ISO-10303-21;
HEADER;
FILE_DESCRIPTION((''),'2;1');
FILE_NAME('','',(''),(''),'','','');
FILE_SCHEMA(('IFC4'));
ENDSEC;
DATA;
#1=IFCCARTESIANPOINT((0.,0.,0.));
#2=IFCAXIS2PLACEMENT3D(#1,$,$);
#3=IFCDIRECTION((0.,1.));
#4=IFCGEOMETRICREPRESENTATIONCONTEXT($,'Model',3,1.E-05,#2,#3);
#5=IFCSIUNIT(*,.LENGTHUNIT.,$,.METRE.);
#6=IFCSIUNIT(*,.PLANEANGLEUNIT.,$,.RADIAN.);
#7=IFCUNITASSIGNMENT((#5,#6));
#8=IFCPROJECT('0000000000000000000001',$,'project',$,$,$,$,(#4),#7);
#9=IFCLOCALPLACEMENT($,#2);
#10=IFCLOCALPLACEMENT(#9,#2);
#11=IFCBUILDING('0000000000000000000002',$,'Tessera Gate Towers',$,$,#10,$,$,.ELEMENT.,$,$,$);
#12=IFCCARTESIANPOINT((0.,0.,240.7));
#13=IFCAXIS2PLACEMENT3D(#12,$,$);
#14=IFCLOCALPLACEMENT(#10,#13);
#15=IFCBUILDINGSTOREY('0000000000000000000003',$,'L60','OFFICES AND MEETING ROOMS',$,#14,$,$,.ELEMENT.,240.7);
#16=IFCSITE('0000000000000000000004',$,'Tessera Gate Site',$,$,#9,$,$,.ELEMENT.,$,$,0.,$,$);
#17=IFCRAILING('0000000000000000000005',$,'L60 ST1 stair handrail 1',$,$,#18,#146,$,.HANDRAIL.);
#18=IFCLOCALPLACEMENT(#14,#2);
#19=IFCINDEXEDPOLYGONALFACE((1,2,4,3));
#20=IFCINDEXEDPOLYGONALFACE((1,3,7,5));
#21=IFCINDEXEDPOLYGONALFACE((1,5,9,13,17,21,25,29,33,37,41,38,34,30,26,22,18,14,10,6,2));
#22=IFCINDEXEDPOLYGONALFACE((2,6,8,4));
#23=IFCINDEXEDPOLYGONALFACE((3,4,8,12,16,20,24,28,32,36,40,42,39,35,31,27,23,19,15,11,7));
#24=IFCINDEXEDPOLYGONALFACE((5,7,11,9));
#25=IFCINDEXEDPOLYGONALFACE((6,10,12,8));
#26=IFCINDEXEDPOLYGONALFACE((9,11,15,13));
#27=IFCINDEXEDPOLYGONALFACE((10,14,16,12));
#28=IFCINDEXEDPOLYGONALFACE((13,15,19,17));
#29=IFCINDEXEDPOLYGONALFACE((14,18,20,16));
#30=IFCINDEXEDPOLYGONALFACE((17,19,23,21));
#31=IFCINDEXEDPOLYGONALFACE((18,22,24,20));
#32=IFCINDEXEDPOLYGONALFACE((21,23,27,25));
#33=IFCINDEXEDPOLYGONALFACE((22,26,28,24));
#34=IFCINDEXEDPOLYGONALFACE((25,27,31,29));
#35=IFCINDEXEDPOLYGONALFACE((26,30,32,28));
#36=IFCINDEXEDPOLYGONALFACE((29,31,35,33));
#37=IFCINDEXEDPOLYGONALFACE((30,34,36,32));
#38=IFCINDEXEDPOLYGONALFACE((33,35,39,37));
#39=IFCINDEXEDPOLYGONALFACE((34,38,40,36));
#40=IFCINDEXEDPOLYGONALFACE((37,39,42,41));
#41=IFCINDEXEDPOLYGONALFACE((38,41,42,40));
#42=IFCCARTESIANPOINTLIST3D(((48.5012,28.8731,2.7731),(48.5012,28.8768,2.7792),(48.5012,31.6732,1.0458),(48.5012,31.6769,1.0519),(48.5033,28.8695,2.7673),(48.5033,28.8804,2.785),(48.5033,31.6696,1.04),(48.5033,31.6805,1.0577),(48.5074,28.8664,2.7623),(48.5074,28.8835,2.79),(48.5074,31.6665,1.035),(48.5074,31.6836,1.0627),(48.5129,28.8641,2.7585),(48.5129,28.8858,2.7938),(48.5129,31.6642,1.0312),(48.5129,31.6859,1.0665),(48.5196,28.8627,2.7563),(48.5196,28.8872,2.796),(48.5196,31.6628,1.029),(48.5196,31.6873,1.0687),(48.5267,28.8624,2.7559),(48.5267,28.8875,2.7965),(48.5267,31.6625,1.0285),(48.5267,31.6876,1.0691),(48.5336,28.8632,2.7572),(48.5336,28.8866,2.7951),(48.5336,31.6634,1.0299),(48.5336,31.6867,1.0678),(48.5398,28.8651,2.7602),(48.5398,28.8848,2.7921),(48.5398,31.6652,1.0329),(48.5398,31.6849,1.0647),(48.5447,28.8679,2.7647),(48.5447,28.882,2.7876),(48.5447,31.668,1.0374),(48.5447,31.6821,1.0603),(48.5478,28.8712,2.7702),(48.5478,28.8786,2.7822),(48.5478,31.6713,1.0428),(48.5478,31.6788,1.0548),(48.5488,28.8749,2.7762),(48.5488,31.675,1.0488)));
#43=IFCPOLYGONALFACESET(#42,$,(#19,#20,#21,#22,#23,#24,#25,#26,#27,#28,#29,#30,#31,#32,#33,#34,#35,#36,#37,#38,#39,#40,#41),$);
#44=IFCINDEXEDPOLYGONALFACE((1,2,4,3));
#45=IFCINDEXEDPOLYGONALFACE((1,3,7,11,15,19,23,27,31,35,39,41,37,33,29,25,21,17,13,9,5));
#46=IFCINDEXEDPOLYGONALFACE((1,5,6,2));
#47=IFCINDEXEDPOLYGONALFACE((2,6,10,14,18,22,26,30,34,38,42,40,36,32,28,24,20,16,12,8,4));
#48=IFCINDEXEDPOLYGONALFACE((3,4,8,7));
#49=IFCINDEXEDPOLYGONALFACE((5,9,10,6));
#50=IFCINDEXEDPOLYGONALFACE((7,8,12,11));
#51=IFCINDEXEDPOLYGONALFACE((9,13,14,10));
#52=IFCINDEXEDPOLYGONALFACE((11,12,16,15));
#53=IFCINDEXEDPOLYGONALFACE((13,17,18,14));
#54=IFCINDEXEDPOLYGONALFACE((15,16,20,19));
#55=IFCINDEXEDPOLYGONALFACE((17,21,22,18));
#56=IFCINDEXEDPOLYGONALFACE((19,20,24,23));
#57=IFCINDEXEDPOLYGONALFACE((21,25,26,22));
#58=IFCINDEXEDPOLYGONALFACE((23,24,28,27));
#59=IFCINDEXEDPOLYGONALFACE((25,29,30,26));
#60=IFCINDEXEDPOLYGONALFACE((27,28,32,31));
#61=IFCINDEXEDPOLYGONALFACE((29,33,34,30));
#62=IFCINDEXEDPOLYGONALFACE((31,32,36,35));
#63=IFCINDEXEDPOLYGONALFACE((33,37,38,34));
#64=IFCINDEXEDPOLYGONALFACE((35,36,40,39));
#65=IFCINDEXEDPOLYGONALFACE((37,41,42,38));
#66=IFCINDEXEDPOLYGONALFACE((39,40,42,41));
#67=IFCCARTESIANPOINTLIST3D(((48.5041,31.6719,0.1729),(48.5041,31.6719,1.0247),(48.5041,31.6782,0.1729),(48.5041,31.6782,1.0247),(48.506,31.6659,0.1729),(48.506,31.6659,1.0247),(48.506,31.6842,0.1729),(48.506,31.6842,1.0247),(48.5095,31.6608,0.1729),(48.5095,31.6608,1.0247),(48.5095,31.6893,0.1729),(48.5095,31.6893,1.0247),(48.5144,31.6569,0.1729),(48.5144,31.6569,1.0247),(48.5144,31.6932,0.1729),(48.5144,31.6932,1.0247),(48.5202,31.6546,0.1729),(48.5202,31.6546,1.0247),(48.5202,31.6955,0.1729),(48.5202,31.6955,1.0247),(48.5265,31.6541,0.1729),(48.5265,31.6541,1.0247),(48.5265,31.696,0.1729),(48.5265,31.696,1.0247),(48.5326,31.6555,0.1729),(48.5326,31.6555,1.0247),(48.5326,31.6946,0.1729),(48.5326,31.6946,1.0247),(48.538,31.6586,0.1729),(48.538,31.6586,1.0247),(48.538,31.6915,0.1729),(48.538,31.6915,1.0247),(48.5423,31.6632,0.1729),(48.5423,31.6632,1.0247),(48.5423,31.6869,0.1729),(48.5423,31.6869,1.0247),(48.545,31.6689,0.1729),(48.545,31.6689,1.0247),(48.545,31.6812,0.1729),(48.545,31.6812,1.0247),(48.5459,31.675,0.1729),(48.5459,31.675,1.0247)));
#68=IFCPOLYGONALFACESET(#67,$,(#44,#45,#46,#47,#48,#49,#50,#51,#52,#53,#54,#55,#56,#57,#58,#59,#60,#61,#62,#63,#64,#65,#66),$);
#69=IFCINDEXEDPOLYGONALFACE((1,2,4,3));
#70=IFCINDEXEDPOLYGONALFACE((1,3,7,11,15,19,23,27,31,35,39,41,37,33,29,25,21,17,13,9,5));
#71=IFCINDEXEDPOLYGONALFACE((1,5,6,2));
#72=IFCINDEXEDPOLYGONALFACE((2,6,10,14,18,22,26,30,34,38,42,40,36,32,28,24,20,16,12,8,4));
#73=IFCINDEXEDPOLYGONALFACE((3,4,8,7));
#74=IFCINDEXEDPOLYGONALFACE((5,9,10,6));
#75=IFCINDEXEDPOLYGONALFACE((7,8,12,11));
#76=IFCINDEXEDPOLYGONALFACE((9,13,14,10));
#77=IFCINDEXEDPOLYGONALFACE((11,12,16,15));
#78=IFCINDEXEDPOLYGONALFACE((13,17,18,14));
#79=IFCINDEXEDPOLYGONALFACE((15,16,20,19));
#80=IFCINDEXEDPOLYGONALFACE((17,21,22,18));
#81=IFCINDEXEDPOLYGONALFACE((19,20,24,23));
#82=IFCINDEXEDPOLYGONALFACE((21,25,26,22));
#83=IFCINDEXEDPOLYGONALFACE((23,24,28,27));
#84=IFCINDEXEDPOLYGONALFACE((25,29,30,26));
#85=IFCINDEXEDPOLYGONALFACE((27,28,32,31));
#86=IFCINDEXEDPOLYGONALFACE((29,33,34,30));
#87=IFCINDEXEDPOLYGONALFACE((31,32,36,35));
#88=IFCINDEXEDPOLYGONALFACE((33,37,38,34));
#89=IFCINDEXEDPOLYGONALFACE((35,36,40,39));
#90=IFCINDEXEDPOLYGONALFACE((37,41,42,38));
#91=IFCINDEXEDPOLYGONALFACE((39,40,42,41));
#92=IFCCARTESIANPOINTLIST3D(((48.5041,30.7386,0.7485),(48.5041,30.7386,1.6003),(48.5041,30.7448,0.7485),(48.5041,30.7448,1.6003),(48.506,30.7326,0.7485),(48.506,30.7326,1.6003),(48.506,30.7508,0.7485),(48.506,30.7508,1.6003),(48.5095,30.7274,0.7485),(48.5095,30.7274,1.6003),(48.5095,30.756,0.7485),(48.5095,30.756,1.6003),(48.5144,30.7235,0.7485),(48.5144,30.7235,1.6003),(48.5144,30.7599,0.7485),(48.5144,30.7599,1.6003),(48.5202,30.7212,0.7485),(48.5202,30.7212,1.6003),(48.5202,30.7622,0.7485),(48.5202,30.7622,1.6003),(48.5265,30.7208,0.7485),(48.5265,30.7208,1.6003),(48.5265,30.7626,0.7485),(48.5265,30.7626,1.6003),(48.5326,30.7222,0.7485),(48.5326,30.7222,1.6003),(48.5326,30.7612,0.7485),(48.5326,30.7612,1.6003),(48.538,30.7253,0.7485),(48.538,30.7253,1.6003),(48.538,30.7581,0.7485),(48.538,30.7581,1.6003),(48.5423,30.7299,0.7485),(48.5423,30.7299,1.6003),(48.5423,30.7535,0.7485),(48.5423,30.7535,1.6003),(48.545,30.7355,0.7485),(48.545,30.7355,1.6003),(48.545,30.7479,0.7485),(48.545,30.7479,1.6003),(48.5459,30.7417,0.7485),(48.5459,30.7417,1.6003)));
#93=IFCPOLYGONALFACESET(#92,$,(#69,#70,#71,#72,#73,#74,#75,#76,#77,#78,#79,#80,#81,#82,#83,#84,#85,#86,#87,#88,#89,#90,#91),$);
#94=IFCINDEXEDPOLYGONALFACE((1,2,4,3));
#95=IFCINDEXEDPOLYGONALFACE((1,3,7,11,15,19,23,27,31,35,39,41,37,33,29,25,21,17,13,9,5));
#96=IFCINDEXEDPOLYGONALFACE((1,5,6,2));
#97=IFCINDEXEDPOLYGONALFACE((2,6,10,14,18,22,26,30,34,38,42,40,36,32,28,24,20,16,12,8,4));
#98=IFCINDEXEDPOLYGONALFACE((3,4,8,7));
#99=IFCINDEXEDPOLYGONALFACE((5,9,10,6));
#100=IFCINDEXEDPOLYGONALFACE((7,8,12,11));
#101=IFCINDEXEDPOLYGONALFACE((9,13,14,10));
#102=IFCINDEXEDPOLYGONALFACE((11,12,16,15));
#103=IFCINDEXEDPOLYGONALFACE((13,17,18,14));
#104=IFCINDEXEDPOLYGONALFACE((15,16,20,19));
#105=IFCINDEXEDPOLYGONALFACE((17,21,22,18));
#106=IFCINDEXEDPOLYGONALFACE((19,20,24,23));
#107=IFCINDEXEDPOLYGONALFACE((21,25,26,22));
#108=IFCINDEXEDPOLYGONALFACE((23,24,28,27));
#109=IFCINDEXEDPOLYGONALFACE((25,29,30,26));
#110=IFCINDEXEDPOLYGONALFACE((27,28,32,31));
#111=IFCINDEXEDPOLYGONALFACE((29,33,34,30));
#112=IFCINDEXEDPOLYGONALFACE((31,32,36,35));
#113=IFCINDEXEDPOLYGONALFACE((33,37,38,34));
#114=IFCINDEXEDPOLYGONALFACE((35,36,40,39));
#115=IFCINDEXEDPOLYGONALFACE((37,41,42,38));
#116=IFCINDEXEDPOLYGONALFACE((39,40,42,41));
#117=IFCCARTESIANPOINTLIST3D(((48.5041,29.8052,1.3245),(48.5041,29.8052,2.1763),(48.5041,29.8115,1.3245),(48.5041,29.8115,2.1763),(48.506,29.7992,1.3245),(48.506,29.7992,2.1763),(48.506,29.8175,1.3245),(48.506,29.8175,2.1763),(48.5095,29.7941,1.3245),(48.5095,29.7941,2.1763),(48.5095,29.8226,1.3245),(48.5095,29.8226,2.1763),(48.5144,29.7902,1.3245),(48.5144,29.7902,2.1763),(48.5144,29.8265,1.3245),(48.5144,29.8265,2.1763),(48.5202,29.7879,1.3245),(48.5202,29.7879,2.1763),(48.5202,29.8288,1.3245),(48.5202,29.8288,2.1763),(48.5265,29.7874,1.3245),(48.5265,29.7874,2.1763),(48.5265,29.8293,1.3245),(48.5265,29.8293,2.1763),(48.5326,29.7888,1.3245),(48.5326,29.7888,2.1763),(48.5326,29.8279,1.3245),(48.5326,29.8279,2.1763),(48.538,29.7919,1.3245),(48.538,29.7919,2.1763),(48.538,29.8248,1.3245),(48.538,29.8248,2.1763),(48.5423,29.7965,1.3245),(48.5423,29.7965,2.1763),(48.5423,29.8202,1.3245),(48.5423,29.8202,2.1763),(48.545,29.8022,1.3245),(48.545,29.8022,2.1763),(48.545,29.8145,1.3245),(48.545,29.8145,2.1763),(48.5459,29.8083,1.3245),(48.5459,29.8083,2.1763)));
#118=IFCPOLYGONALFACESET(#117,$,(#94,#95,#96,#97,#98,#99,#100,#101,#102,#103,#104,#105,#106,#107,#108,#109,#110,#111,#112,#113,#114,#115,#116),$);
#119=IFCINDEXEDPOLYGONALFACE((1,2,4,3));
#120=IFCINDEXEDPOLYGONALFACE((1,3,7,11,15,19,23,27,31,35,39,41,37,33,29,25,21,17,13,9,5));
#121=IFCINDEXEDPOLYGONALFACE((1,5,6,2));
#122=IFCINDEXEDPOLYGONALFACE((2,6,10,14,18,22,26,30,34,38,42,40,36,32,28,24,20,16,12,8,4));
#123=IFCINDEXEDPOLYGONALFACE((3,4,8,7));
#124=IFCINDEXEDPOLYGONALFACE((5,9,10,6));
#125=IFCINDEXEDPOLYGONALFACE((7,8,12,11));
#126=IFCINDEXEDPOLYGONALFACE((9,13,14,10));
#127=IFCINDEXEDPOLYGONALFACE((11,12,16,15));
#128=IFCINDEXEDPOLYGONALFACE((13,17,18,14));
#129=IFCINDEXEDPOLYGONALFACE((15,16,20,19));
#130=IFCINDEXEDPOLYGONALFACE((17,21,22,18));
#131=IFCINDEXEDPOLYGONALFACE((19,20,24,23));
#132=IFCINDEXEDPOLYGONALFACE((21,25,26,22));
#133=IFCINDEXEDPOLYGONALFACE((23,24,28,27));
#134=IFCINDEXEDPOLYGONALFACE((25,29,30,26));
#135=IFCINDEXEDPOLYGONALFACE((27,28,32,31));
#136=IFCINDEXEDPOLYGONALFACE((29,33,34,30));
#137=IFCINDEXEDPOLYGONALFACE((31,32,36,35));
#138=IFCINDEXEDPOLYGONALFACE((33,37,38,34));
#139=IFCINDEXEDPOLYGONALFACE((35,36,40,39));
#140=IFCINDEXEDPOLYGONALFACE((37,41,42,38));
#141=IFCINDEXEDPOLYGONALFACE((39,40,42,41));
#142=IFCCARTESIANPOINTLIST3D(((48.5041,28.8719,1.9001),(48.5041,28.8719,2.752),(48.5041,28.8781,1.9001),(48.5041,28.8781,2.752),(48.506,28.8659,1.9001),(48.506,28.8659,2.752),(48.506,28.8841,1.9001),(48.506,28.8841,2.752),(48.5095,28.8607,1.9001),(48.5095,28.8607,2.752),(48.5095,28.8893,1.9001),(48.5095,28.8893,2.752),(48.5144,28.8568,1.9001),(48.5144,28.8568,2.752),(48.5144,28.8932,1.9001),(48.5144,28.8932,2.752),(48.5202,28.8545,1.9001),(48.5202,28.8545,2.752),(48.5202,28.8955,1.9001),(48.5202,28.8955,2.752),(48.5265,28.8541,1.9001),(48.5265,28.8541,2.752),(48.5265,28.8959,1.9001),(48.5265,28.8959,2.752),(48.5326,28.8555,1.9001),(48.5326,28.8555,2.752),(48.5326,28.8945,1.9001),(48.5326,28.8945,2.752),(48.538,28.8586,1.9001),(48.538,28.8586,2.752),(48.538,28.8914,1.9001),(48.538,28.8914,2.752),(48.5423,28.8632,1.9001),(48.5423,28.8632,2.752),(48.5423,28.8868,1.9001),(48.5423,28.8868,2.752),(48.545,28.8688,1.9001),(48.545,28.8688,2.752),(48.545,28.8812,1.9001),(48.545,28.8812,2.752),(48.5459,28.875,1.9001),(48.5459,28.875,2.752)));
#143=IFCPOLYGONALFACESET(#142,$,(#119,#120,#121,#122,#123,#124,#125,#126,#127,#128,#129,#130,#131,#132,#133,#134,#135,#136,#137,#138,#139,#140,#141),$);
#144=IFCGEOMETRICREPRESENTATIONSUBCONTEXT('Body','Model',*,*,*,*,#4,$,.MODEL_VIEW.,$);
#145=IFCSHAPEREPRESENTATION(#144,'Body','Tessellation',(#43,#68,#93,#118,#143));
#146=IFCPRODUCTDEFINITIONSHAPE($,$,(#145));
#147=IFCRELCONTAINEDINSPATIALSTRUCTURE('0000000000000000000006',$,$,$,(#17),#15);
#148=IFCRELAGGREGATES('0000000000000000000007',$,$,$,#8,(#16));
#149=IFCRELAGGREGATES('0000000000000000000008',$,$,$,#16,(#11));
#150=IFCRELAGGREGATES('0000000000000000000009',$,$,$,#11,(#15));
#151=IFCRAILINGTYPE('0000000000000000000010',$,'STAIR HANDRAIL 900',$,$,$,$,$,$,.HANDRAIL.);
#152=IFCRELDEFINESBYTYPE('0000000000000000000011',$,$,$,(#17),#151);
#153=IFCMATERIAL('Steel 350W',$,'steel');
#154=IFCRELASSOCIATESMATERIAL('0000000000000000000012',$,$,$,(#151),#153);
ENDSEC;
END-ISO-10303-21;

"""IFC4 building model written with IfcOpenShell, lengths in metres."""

from ifc_helpers import new_model, si_unit, direction, frame, origin, origin_2d, place, context, subcontext, project, spatial, circle, extrude, material, type_object, element, save


model = new_model("IFC4")

# Units and contexts
model_context = context("Model", 3, precision=1e-05, world=origin(), true_north=direction((0.0, 1.0)))
body_context = subcontext(model_context, "Body", "Model", "MODEL_VIEW")
ifc_project = project(units=[si_unit("LENGTHUNIT", "METRE"), si_unit("PLANEANGLEUNIT", "RADIAN")], contexts=[model_context])

# Site, building, storey
site_placement = place(None, origin())
site = spatial("IfcSite", under=ifc_project, at=site_placement, Name="Tessera Gate Site", CompositionType="ELEMENT", RefElevation=0.0)
building_placement = place(site_placement, origin())
building = spatial("IfcBuilding", under=site, at=building_placement, Name="Tessera Gate Towers", CompositionType="ELEMENT")
storey_placement = place(building_placement, frame((0.0, 0.0, 240.7)))
storey = spatial("IfcBuildingStorey", under=building, at=storey_placement, Name="L60", Description="OFFICES AND MEETING ROOMS", CompositionType="ELEMENT", Elevation=240.7)

# Railing
ifc_material_1 = material(Name="Steel 350W", Category="steel")
railing_type = type_object("IfcRailingType", Name="STAIR HANDRAIL 900", PredefinedType="HANDRAIL", material=ifc_material_1)
railing_placement = place(storey_placement, frame((48.5249, 31.675, 0.1729)))
element("IfcRailing", 1, at=railing_placement, inside=storey, type_object=railing_type, Name="L60 ST1 stair handrail 1", PredefinedType="HANDRAIL", context=body_context, shape_type="SweptSolid", body=[
    extrude(circle(Radius=0.0239, at=origin_2d()), frame((0.0, 0.0, 0.876), z_axis=(0.0, -0.85109, 0.52502), x_axis=(1.0, 0.0, 0.0)), (0.0, 0.0, 1.0), 3.29),
    extrude(circle(Radius=0.021, at=origin_2d()), origin(), (0.0, 0.0, 1.0), 0.8518),
    extrude(circle(Radius=0.021, at=origin_2d()), frame((0.0, -0.9333, 0.5757)), (0.0, 0.0, 1.0), 0.8518),
    extrude(circle(Radius=0.021, at=origin_2d()), frame((0.0, -1.8667, 1.1516)), (0.0, 0.0, 1.0), 0.8518),
    extrude(circle(Radius=0.021, at=origin_2d()), frame((0.0, -2.8, 1.7273)), (0.0, 0.0, 1.0), 0.8518),
])

save(model, "model.ifc")
